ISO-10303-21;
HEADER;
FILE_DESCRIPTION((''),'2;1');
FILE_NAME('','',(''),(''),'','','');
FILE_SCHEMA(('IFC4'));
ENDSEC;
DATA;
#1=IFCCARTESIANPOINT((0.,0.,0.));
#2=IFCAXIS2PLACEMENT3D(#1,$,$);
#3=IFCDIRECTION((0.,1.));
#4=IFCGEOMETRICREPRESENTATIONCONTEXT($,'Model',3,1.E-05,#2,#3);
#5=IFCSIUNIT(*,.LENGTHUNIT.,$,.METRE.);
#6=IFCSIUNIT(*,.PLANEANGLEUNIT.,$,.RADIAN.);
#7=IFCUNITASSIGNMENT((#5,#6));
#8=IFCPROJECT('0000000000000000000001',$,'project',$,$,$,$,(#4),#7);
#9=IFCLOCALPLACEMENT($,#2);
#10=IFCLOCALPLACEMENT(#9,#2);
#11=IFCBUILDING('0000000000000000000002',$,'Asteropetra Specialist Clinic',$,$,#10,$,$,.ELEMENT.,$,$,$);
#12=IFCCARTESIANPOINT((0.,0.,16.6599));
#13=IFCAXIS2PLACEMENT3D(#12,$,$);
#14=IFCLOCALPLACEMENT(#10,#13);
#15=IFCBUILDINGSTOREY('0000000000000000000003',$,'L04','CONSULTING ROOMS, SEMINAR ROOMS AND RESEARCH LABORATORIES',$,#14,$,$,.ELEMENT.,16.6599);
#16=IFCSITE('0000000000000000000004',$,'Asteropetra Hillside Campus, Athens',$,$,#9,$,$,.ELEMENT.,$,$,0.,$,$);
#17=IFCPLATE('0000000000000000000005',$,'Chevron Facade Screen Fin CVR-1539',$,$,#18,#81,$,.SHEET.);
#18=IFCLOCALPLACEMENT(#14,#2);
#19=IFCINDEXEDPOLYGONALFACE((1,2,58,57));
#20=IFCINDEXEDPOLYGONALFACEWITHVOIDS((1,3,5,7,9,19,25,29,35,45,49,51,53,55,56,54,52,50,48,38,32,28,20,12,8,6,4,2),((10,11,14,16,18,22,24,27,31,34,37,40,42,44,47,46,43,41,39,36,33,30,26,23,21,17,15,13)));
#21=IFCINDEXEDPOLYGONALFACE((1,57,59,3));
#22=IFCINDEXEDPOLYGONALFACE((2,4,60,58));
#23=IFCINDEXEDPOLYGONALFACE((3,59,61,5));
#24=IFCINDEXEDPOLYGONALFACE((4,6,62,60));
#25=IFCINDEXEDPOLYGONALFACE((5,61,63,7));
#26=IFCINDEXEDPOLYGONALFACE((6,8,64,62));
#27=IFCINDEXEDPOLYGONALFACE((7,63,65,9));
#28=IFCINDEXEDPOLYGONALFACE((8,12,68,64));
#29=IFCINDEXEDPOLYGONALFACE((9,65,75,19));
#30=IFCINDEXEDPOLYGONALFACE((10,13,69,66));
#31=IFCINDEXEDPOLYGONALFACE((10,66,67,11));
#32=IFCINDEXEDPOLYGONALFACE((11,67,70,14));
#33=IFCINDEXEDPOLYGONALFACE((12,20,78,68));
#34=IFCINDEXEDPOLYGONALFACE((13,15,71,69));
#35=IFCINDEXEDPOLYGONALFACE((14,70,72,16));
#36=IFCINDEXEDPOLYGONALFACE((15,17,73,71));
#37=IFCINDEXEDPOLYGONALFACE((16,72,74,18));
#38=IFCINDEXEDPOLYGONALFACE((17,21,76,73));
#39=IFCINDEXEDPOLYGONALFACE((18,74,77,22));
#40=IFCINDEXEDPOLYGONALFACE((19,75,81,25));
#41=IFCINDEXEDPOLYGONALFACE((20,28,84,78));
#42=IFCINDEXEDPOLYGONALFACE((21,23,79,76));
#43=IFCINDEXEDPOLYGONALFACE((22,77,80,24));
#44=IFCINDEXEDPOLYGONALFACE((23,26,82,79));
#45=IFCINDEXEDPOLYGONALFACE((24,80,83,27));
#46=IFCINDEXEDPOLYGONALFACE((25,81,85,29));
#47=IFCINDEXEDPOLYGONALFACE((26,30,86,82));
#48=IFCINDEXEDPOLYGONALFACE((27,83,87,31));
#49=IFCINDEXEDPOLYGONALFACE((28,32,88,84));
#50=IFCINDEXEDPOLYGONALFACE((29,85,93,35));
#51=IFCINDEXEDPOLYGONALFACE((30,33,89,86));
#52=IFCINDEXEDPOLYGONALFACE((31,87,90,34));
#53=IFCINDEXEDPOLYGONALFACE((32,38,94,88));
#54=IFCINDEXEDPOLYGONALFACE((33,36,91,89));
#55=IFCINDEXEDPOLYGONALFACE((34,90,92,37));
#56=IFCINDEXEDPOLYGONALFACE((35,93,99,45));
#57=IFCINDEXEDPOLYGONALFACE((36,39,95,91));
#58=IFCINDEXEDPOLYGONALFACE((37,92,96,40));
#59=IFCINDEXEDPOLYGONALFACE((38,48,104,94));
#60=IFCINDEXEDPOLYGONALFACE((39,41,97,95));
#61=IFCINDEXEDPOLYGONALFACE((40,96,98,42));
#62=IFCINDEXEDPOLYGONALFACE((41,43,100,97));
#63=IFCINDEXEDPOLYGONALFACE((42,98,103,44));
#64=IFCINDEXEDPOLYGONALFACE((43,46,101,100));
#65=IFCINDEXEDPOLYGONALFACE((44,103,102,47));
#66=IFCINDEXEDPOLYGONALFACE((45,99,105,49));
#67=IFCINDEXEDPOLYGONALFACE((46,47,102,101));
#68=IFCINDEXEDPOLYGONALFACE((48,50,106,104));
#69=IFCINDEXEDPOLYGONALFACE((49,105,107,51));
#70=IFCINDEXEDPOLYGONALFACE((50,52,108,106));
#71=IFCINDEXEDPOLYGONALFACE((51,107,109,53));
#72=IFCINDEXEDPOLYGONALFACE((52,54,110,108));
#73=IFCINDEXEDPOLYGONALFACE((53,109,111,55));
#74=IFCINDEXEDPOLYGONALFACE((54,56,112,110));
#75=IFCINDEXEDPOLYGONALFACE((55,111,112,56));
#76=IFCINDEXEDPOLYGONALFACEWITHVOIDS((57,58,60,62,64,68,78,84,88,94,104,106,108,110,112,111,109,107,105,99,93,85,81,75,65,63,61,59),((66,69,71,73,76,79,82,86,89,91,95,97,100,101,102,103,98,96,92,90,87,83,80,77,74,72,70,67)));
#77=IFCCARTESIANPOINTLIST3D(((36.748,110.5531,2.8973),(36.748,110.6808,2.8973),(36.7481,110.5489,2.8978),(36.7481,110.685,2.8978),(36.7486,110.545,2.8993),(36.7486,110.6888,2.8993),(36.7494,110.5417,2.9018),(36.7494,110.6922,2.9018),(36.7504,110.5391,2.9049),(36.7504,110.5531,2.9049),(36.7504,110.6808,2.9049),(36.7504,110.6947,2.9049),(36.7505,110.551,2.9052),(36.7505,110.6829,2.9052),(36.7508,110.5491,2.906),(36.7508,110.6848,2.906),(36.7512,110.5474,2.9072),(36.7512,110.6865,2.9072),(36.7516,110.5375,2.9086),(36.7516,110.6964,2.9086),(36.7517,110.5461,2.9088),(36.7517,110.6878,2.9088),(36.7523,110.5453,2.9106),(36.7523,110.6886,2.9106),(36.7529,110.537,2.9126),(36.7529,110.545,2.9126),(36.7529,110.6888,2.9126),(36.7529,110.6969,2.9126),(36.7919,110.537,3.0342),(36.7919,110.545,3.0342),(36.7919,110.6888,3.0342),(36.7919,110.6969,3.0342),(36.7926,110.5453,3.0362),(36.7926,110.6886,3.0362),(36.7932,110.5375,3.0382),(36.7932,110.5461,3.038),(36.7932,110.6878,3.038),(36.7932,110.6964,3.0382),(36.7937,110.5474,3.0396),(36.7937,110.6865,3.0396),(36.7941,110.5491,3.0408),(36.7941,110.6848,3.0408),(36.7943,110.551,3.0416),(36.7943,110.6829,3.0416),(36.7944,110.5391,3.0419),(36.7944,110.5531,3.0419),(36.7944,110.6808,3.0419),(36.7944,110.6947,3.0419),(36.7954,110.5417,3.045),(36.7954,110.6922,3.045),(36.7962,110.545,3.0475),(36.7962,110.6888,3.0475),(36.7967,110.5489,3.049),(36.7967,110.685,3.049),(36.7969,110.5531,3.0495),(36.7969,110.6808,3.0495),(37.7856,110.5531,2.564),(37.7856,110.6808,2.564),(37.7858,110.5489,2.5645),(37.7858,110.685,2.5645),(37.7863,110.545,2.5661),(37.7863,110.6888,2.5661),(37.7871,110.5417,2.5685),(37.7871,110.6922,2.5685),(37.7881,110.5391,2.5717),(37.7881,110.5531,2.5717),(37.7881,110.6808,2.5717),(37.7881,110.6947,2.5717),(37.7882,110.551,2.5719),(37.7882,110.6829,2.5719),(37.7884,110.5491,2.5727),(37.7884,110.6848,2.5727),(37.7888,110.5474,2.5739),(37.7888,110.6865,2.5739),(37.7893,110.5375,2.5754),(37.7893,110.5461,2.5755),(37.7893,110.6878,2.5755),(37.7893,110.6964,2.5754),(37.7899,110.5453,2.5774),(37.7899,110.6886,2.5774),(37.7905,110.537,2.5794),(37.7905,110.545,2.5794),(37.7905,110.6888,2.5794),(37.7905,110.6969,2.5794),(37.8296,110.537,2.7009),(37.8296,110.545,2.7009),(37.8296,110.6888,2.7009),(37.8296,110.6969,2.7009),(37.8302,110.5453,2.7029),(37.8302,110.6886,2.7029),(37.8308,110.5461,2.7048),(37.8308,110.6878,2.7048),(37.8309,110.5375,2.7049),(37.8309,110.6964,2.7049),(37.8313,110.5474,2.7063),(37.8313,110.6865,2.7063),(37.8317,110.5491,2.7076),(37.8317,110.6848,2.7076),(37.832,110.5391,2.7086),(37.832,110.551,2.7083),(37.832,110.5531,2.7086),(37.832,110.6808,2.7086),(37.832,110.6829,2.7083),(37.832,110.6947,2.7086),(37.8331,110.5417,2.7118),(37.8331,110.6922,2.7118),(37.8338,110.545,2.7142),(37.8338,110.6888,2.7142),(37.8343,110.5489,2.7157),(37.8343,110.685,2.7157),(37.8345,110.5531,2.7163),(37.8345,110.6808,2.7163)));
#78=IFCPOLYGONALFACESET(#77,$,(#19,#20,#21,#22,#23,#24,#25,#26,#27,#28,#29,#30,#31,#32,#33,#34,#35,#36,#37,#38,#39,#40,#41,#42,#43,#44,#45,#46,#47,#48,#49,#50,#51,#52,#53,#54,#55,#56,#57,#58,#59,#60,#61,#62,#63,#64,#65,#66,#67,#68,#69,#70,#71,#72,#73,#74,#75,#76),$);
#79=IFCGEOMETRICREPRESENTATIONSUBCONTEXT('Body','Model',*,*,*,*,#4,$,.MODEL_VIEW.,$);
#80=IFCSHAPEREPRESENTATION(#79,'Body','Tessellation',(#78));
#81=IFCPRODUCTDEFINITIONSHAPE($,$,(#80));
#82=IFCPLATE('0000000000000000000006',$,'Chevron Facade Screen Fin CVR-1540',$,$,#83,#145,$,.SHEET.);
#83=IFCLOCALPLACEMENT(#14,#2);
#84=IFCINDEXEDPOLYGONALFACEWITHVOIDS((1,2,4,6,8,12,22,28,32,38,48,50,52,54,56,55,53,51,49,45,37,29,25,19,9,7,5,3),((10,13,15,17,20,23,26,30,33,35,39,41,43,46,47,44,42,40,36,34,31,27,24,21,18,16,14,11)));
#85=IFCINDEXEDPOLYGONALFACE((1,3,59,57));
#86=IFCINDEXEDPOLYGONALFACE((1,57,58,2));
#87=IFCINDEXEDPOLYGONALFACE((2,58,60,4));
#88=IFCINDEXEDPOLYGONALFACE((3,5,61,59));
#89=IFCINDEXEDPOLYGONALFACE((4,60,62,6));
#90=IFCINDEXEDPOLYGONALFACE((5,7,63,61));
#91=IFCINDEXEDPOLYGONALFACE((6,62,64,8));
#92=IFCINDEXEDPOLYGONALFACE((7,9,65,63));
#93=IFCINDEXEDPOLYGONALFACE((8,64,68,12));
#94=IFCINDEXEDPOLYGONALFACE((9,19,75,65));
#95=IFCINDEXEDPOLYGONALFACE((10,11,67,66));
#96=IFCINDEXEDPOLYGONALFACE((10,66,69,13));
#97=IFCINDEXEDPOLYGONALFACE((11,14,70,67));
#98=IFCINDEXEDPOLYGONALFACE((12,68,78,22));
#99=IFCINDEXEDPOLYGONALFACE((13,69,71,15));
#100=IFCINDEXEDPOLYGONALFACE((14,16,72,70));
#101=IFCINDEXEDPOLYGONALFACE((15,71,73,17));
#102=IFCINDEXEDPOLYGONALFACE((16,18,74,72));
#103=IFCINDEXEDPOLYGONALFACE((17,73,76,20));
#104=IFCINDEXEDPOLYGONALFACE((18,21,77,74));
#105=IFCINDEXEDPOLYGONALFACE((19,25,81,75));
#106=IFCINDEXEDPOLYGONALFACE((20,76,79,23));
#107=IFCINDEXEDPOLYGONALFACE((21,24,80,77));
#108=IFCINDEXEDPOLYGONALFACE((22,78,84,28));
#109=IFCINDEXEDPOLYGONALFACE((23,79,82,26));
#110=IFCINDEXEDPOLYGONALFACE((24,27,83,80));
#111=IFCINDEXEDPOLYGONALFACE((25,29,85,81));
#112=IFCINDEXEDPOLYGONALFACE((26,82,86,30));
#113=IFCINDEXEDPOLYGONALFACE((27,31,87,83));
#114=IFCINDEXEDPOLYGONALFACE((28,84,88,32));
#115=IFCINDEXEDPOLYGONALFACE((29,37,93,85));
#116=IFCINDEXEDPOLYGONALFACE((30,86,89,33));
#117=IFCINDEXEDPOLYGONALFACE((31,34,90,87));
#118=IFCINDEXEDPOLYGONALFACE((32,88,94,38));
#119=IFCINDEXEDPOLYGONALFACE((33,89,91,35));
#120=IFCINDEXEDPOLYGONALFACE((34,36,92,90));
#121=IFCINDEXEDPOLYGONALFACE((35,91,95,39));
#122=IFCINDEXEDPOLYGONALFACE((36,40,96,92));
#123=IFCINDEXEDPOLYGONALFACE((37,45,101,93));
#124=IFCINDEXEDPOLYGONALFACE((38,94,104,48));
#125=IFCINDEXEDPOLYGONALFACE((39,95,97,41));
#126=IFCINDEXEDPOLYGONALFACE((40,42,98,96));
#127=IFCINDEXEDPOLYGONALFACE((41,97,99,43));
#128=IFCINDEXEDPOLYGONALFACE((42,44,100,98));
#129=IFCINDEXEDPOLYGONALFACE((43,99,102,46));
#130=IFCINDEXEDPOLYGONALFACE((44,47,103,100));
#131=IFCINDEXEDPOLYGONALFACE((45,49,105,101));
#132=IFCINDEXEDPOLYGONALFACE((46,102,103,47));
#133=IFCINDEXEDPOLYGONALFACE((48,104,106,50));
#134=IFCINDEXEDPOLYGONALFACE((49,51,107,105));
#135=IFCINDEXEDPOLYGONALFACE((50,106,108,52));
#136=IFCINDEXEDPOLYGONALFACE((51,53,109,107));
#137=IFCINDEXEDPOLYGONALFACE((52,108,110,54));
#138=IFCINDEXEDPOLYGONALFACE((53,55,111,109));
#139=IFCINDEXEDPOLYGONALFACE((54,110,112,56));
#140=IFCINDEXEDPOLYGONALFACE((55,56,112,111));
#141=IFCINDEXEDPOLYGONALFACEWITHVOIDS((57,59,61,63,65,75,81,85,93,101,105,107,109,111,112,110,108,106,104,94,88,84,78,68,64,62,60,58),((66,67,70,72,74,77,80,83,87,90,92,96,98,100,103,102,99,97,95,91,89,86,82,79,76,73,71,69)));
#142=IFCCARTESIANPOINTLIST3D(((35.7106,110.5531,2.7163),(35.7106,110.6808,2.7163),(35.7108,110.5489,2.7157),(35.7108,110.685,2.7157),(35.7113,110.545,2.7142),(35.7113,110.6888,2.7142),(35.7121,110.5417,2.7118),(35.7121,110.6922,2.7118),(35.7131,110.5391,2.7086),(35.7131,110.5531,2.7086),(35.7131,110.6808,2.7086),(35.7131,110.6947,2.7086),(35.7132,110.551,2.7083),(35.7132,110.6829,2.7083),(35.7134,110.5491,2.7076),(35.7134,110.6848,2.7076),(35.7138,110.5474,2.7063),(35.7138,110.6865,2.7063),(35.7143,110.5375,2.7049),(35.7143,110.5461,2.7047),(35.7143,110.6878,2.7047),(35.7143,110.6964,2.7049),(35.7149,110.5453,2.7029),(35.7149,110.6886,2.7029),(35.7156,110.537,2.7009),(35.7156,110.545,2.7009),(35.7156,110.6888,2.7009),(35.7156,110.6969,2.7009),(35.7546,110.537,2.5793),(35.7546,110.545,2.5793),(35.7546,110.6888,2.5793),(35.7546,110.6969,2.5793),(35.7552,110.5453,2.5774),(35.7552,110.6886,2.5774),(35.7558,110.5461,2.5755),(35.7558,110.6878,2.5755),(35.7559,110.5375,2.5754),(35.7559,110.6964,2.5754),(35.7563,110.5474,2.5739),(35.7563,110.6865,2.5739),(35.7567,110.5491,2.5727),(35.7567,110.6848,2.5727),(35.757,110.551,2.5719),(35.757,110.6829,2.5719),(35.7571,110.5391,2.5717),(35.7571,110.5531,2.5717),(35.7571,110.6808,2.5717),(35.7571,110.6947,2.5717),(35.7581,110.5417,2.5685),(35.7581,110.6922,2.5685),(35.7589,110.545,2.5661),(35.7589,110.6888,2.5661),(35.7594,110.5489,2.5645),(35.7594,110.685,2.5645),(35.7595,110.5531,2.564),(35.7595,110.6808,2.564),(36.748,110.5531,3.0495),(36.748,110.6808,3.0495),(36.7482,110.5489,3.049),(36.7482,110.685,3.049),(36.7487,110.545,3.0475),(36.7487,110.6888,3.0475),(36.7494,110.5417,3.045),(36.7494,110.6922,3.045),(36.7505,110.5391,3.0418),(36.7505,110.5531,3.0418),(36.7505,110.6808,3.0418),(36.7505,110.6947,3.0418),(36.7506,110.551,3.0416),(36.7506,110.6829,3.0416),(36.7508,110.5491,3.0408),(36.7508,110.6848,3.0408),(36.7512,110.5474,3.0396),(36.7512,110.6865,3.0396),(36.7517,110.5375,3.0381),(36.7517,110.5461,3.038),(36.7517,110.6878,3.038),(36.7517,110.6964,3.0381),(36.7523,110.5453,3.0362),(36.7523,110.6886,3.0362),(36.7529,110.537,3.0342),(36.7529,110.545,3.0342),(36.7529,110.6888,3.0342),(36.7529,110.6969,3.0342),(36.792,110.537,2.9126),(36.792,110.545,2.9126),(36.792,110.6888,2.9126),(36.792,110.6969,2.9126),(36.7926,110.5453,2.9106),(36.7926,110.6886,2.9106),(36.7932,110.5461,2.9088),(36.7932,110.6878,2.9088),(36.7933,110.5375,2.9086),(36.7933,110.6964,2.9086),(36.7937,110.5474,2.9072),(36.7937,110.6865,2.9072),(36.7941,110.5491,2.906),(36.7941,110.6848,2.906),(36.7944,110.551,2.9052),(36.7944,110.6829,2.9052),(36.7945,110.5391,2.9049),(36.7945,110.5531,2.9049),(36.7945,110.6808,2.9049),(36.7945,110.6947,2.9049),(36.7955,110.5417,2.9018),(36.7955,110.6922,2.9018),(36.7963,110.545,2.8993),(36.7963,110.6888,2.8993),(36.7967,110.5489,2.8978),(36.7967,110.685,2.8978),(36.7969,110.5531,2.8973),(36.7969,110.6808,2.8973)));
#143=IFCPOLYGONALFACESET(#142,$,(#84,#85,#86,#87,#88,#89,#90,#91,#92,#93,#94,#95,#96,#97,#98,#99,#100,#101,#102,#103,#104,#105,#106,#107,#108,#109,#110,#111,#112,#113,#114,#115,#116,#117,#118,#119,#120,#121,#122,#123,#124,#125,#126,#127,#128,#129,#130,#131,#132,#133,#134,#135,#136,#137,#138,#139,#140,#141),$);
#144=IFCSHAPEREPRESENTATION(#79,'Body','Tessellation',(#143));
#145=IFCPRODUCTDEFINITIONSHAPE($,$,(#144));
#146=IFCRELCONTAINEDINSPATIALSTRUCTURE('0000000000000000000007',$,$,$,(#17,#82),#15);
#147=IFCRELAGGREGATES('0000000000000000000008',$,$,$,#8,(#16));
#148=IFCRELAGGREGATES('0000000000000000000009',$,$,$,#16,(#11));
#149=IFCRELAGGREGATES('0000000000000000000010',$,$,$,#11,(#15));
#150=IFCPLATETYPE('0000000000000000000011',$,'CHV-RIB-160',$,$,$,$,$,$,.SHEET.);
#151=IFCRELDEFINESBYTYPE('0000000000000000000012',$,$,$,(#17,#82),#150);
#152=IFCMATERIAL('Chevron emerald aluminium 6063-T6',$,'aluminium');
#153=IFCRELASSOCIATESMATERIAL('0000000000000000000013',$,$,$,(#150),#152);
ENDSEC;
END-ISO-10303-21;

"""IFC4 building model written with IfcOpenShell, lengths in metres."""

from ifc_helpers import new_model, si_unit, direction, frame, origin, origin_2d, place, context, subcontext, project, spatial, hollow_rectangle, extrude, material, material_profile, profile_set, type_object, element, save


model = new_model("IFC4")

# Units and contexts
model_context = context("Model", 3, precision=1e-05, world=origin(), true_north=direction((0.0, 1.0)))
body_context = subcontext(model_context, "Body", "Model", "MODEL_VIEW")
ifc_project = project(units=[si_unit("LENGTHUNIT", "METRE"), si_unit("PLANEANGLEUNIT", "RADIAN")], contexts=[model_context])

# Site, building, storey
site_placement = place(None, origin())
site = spatial("IfcSite", under=ifc_project, at=site_placement, Name="Asteropetra Hillside Campus, Athens", CompositionType="ELEMENT", RefElevation=0.0)
building_placement = place(site_placement, origin())
building = spatial("IfcBuilding", under=site, at=building_placement, Name="Asteropetra Specialist Clinic", CompositionType="ELEMENT")
storey_placement = place(building_placement, frame((0.0, 0.0, 16.6599)))
storey = spatial("IfcBuildingStorey", under=building, at=storey_placement, Name="L04", Description="CONSULTING ROOMS, SEMINAR ROOMS AND RESEARCH LABORATORIES", CompositionType="ELEMENT", Elevation=16.6599)

# Plates
ifc_material_1 = material(Name="Chevron emerald aluminium 6063-T6", Category="aluminium")
ifc_material_profile = material_profile(ifc_material_1, hollow_rectangle(XDim=0.1599, YDim=0.1599, WallThickness=0.0081, InnerFilletRadius=0.0081, OuterFilletRadius=0.0161, at=origin_2d()), Name="SHS 160x160x8.0")
ifc_profile_set = profile_set([ifc_material_profile], Name="Chevron emerald aluminium 6063-T6")
plate_type_1 = type_object("IfcPlateType", Name="CHV-RIB-160", PredefinedType="SHEET", material=ifc_profile_set)
plate_1_placement = place(storey_placement, frame((37.8101, 110.6169, 2.6401), z_axis=(-0.952098, 0.0, 0.305792), x_axis=(0.0, -1.0, 0.0)))
element("IfcPlate", 1, at=plate_1_placement, inside=storey, type_object=plate_type_1, Name="Chevron Facade Screen Fin CVR-1539", PredefinedType="SHEET", context=body_context, shape_type="SweptSolid", body=[
    extrude(hollow_rectangle(XDim=0.1599, YDim=0.1599, WallThickness=0.0081, InnerFilletRadius=0.0081, OuterFilletRadius=0.0161, at=origin_2d()), origin(), (0.0, 0.0, 1.0), 1.0898),
])
plate_2_placement = place(storey_placement, frame((36.7725, 110.6169, 2.9734), z_axis=(-0.952078, 0.0, -0.305857), x_axis=(0.0, -1.0, 0.0)))
element("IfcPlate", 2, at=plate_2_placement, inside=storey, type_object=plate_type_1, Name="Chevron Facade Screen Fin CVR-1540", PredefinedType="SHEET", context=body_context, shape_type="SweptSolid", body=[
    extrude(hollow_rectangle(XDim=0.1599, YDim=0.1599, WallThickness=0.0081, InnerFilletRadius=0.0081, OuterFilletRadius=0.0161, at=origin_2d()), origin(), (0.0, 0.0, 1.0), 1.0896),
])

save(model, "model.ifc")
